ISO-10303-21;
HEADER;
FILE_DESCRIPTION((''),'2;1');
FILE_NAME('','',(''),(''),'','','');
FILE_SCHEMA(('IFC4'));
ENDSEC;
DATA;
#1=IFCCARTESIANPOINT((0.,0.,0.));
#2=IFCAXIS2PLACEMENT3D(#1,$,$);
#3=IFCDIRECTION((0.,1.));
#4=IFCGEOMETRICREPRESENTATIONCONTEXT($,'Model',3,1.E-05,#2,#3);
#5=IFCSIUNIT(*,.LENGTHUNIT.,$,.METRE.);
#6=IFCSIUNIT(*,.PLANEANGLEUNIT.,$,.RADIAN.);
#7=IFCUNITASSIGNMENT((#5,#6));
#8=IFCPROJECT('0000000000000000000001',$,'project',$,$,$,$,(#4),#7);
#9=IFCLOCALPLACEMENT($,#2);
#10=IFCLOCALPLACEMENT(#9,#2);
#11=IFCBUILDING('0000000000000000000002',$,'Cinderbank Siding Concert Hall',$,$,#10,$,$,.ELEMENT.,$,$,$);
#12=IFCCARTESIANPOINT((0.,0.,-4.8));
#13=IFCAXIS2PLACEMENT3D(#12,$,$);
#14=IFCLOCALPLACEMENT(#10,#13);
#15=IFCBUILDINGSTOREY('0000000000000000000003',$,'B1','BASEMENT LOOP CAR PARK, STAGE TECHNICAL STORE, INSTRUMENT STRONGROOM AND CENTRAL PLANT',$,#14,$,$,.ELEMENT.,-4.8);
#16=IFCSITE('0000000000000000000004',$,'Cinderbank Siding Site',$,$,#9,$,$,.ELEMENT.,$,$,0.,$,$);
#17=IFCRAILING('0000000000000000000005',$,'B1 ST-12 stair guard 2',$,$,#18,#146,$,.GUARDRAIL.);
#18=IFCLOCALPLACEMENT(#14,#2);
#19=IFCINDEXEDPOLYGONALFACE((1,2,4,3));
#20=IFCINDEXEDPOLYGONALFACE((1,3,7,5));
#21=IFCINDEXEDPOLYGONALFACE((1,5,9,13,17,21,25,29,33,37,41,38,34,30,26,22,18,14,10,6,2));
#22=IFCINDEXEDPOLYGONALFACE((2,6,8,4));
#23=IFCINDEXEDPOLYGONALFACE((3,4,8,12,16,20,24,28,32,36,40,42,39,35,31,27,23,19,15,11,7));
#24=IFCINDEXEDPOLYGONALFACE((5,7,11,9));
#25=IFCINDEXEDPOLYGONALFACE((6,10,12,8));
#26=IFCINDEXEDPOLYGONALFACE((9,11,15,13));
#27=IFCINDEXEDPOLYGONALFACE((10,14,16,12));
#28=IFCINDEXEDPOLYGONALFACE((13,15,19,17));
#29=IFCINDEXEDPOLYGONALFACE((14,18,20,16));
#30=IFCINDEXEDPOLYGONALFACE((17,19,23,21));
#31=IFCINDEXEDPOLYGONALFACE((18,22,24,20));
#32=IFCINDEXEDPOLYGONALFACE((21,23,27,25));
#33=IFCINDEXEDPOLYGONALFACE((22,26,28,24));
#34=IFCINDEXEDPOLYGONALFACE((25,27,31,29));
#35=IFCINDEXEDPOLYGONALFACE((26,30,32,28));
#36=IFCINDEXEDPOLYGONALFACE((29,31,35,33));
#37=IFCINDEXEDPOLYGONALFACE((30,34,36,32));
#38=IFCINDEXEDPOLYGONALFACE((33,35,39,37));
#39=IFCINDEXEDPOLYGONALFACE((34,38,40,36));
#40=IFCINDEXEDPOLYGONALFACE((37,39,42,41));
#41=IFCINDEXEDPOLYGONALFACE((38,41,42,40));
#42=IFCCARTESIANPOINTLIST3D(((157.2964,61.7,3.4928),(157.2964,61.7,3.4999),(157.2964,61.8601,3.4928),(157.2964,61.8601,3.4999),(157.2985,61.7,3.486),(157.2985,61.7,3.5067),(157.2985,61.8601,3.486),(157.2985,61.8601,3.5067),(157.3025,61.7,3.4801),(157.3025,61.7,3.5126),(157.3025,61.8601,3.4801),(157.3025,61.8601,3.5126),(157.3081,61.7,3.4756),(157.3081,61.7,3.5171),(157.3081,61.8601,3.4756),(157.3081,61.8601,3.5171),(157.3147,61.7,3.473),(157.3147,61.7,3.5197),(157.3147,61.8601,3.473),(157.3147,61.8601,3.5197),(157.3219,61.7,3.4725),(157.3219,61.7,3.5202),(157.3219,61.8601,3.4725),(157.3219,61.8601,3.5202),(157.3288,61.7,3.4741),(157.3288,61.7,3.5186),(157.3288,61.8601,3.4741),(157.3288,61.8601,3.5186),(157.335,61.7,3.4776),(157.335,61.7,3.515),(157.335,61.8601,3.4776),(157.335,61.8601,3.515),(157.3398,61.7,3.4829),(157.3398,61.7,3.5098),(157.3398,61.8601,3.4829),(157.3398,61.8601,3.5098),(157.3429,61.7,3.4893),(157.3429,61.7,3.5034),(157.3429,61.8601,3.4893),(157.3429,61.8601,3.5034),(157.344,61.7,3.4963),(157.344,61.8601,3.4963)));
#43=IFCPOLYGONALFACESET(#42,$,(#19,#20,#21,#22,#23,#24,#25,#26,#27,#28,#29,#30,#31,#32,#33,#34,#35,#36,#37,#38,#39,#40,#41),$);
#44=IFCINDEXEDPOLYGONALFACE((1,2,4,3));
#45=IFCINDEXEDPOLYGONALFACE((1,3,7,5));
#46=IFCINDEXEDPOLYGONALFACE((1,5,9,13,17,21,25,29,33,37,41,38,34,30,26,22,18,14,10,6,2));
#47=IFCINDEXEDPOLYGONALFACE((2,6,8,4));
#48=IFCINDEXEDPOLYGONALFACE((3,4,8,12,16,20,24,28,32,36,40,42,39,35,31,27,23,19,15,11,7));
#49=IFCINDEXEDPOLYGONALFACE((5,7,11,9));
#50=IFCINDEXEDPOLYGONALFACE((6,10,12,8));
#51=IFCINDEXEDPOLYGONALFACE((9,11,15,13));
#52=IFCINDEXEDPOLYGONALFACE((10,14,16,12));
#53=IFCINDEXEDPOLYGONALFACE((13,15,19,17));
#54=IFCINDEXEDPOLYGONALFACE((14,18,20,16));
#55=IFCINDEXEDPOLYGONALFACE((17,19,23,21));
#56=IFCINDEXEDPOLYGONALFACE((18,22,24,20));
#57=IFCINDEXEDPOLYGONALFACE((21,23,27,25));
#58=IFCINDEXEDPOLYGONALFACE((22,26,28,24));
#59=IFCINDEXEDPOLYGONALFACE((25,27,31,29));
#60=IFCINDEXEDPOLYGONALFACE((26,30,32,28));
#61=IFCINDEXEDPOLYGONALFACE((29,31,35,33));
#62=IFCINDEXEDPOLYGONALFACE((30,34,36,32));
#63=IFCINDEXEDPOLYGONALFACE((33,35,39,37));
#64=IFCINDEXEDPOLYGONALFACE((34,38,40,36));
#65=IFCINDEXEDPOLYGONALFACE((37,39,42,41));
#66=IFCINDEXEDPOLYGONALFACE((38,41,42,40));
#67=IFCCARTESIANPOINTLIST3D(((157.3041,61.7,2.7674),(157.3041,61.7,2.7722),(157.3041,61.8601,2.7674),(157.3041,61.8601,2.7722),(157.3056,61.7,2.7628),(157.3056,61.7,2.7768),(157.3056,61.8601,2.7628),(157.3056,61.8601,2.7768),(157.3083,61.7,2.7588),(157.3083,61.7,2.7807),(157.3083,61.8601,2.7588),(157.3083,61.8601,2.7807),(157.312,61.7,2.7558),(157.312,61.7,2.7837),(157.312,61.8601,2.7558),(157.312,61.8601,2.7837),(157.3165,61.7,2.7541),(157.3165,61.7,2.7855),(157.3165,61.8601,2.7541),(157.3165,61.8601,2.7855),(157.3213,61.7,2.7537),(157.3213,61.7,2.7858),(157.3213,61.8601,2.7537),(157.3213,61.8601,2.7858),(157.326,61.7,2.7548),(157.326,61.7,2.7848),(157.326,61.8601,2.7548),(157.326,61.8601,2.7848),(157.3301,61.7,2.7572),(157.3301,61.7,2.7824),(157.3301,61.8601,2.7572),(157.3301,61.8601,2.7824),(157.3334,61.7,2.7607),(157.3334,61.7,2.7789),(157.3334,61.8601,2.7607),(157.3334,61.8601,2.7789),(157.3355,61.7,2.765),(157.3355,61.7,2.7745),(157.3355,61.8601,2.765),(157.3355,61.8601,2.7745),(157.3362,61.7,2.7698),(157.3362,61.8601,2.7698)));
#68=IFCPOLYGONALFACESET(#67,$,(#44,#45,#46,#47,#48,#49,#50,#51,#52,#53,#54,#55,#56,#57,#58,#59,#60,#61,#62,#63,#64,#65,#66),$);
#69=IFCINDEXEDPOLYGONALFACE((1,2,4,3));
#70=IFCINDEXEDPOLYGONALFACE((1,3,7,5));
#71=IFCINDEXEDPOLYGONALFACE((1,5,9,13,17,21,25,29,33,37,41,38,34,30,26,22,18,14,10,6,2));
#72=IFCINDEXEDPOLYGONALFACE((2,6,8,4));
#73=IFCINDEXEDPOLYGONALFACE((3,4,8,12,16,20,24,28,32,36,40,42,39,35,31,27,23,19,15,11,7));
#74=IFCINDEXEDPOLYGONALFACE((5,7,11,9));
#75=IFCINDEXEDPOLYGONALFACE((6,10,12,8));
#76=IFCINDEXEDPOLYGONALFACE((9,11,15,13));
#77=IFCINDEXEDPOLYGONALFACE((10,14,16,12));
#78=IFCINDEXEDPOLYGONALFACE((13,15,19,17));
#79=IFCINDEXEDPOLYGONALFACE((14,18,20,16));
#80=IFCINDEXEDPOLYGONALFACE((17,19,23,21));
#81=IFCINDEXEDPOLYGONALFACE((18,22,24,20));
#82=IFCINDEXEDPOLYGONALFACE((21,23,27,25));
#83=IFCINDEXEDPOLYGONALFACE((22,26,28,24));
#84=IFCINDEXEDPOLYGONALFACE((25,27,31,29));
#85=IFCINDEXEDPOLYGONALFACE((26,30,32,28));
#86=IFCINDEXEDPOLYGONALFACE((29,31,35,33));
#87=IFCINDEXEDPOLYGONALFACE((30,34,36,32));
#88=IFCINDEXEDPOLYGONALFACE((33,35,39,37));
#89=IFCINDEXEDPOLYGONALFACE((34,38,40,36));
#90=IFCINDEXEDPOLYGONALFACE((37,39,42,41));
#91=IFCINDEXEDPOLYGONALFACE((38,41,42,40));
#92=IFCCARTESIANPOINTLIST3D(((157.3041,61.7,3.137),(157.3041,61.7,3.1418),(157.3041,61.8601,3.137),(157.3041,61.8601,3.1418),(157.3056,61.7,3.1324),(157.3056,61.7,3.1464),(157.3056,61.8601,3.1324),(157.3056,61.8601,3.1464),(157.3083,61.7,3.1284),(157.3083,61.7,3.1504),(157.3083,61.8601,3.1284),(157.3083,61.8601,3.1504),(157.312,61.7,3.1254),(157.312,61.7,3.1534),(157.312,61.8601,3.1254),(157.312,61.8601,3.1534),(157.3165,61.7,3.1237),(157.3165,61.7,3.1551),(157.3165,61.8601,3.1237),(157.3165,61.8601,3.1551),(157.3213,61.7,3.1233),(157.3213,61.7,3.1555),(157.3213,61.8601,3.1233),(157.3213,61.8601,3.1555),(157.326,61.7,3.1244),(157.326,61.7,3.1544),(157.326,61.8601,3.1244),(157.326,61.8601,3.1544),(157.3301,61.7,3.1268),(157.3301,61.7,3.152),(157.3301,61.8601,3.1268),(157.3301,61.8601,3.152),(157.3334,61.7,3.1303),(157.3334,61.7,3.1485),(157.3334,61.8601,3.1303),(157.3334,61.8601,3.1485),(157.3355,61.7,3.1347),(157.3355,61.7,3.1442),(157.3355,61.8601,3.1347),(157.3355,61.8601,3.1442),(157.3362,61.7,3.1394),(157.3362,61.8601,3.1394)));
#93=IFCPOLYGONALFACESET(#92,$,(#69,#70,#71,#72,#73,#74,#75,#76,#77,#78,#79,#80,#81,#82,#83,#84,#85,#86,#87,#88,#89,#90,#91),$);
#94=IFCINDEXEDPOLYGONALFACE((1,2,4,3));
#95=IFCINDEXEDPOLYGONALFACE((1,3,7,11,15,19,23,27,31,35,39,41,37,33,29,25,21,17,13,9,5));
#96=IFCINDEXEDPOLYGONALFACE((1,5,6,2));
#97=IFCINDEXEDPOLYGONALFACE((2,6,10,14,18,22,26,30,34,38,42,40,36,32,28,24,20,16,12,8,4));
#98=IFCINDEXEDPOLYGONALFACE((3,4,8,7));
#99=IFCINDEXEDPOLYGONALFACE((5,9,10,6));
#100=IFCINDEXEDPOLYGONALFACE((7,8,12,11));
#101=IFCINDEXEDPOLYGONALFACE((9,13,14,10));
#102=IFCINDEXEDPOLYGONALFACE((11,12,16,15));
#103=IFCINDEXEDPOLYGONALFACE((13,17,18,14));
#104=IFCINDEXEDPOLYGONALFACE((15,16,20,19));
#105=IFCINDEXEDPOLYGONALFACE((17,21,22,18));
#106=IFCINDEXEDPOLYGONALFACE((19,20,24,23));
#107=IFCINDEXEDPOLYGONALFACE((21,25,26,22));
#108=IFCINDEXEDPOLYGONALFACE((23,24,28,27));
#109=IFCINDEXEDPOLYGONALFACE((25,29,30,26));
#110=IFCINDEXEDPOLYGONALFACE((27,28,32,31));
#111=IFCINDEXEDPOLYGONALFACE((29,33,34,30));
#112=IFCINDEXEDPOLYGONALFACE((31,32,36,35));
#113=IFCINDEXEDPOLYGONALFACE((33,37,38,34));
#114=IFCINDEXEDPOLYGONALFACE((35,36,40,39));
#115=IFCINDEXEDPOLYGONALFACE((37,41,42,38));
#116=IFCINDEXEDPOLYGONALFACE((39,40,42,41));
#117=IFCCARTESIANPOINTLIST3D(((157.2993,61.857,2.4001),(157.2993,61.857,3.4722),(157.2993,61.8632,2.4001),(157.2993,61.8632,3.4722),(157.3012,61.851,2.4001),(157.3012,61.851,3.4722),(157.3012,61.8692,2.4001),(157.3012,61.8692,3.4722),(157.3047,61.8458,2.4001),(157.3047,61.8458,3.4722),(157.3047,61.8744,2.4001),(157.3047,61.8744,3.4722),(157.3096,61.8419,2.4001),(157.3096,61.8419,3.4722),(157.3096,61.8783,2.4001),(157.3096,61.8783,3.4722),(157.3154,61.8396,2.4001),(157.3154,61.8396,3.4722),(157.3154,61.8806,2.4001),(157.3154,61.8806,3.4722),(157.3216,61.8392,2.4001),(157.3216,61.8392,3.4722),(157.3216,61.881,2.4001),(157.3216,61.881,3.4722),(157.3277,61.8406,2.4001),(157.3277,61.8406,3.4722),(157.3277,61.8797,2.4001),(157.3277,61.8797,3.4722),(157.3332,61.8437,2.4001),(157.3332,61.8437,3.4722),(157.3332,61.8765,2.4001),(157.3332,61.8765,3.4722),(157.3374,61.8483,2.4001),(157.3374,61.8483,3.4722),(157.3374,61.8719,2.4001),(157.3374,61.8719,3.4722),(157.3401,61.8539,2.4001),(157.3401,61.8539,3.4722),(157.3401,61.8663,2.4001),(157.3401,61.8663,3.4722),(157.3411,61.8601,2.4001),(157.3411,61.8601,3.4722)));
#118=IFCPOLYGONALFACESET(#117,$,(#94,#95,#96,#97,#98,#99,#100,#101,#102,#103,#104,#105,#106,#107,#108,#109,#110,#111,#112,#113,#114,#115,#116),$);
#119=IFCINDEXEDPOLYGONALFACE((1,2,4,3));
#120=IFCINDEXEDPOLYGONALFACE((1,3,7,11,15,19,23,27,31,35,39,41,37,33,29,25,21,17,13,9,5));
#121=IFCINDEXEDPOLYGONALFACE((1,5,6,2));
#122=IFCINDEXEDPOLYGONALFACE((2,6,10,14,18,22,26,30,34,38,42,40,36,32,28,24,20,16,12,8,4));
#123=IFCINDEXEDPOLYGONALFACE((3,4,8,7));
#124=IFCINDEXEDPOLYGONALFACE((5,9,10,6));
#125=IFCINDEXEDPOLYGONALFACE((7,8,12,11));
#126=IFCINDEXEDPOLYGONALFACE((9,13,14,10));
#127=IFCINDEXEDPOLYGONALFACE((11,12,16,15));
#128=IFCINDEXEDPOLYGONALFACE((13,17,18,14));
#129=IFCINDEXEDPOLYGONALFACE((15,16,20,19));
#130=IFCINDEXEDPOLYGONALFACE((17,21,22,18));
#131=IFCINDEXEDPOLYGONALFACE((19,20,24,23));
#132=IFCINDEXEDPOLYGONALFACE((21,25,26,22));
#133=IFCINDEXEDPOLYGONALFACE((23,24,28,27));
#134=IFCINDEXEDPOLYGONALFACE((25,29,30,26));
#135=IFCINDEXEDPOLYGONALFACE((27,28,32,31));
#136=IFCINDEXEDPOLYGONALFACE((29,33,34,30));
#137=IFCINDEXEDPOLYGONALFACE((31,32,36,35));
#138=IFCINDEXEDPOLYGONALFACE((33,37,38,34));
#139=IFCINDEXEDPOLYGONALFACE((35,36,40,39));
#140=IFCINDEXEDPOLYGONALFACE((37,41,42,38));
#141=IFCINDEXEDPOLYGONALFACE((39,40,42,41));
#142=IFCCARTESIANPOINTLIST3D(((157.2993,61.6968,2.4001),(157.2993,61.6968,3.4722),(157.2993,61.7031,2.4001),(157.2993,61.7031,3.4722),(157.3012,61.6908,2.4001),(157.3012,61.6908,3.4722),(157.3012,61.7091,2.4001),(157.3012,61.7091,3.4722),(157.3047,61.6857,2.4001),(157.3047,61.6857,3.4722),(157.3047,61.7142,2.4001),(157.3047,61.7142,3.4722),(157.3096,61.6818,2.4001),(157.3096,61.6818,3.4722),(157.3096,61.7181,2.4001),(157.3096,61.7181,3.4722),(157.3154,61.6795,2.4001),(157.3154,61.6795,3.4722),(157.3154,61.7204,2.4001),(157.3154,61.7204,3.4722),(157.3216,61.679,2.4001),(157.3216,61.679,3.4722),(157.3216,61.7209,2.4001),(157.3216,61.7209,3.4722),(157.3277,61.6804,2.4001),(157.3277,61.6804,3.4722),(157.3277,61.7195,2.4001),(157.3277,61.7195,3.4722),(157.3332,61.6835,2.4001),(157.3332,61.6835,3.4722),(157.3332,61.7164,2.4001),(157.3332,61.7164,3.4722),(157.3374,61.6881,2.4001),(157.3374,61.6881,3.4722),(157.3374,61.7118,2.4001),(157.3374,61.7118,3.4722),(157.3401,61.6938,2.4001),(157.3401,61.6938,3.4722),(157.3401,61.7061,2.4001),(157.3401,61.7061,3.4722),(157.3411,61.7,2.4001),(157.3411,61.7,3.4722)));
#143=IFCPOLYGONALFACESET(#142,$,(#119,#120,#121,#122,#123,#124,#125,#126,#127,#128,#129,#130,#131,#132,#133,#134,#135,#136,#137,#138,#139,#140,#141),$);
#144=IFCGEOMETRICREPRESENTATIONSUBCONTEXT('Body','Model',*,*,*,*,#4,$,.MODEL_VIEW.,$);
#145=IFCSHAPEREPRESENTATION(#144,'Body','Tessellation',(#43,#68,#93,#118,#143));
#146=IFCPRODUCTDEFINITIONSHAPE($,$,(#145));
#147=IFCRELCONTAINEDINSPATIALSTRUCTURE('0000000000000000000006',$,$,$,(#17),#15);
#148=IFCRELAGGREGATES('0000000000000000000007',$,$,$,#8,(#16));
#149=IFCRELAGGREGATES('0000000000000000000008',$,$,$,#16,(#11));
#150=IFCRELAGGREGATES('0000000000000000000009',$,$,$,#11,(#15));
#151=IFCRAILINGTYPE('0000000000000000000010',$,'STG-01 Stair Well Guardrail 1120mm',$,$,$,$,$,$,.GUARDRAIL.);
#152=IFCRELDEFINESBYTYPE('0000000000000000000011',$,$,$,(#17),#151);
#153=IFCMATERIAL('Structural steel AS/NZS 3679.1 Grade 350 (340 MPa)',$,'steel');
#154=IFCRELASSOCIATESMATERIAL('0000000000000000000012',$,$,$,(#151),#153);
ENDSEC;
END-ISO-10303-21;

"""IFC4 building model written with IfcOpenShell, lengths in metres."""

from ifc_helpers import new_model, si_unit, direction, frame, origin, origin_2d, place, context, subcontext, project, spatial, circle, extrude, material, type_object, element, save


model = new_model("IFC4")

# Units and contexts
model_context = context("Model", 3, precision=1e-05, world=origin(), true_north=direction((0.0, 1.0)))
body_context = subcontext(model_context, "Body", "Model", "MODEL_VIEW")
ifc_project = project(units=[si_unit("LENGTHUNIT", "METRE"), si_unit("PLANEANGLEUNIT", "RADIAN")], contexts=[model_context])

# Site, building, storey
site_placement = place(None, origin())
site = spatial("IfcSite", under=ifc_project, at=site_placement, Name="Cinderbank Siding Site", CompositionType="ELEMENT", RefElevation=0.0)
building_placement = place(site_placement, origin())
building = spatial("IfcBuilding", under=site, at=building_placement, Name="Cinderbank Siding Concert Hall", CompositionType="ELEMENT")
storey_placement = place(building_placement, frame((0.0, 0.0, -4.8)))
storey = spatial("IfcBuildingStorey", under=building, at=storey_placement, Name="B1", Description="BASEMENT LOOP CAR PARK, STAGE TECHNICAL STORE, INSTRUMENT STRONGROOM AND CENTRAL PLANT", CompositionType="ELEMENT", Elevation=-4.8)

# Shared definitions
ifc_material_1 = material(Name="Structural steel AS/NZS 3679.1 Grade 350 (340 MPa)", Category="steel")

# Railing
railing_type = type_object("IfcRailingType", Name="STG-01 Stair Well Guardrail 1120mm", PredefinedType="GUARDRAIL", material=ifc_material_1)
railing_placement = place(storey_placement, frame((157.3201, 61.8601, 2.4001)))
element("IfcRailing", 1, at=railing_placement, inside=storey, type_object=railing_type, Name="B1 ST-12 stair guard 2", PredefinedType="GUARDRAIL", context=body_context, shape_type="SweptSolid", body=[
    extrude(circle(Radius=0.0239, at=origin_2d()), frame((0.0, 0.0, 1.0962), z_axis=(0.0, -1.0, 0.0), x_axis=(1.0, 0.0, 0.0)), (0.0, 0.0, 1.0), 0.1602),
    extrude(circle(Radius=0.0161, at=origin_2d()), frame((0.0, 0.0, 0.3696), z_axis=(0.0, -1.0, 0.0), x_axis=(1.0, 0.0, 0.0)), (0.0, 0.0, 1.0), 0.1602),
    extrude(circle(Radius=0.0161, at=origin_2d()), frame((0.0, 0.0, 0.7393), z_axis=(0.0, -1.0, 0.0), x_axis=(1.0, 0.0, 0.0)), (0.0, 0.0, 1.0), 0.1602),
    extrude(circle(Radius=0.021, at=origin_2d()), origin(), (0.0, 0.0, 1.0), 1.072),
    extrude(circle(Radius=0.021, at=origin_2d()), frame((0.0, -0.1602, 0.0)), (0.0, 0.0, 1.0), 1.072),
])

save(model, "model.ifc")
